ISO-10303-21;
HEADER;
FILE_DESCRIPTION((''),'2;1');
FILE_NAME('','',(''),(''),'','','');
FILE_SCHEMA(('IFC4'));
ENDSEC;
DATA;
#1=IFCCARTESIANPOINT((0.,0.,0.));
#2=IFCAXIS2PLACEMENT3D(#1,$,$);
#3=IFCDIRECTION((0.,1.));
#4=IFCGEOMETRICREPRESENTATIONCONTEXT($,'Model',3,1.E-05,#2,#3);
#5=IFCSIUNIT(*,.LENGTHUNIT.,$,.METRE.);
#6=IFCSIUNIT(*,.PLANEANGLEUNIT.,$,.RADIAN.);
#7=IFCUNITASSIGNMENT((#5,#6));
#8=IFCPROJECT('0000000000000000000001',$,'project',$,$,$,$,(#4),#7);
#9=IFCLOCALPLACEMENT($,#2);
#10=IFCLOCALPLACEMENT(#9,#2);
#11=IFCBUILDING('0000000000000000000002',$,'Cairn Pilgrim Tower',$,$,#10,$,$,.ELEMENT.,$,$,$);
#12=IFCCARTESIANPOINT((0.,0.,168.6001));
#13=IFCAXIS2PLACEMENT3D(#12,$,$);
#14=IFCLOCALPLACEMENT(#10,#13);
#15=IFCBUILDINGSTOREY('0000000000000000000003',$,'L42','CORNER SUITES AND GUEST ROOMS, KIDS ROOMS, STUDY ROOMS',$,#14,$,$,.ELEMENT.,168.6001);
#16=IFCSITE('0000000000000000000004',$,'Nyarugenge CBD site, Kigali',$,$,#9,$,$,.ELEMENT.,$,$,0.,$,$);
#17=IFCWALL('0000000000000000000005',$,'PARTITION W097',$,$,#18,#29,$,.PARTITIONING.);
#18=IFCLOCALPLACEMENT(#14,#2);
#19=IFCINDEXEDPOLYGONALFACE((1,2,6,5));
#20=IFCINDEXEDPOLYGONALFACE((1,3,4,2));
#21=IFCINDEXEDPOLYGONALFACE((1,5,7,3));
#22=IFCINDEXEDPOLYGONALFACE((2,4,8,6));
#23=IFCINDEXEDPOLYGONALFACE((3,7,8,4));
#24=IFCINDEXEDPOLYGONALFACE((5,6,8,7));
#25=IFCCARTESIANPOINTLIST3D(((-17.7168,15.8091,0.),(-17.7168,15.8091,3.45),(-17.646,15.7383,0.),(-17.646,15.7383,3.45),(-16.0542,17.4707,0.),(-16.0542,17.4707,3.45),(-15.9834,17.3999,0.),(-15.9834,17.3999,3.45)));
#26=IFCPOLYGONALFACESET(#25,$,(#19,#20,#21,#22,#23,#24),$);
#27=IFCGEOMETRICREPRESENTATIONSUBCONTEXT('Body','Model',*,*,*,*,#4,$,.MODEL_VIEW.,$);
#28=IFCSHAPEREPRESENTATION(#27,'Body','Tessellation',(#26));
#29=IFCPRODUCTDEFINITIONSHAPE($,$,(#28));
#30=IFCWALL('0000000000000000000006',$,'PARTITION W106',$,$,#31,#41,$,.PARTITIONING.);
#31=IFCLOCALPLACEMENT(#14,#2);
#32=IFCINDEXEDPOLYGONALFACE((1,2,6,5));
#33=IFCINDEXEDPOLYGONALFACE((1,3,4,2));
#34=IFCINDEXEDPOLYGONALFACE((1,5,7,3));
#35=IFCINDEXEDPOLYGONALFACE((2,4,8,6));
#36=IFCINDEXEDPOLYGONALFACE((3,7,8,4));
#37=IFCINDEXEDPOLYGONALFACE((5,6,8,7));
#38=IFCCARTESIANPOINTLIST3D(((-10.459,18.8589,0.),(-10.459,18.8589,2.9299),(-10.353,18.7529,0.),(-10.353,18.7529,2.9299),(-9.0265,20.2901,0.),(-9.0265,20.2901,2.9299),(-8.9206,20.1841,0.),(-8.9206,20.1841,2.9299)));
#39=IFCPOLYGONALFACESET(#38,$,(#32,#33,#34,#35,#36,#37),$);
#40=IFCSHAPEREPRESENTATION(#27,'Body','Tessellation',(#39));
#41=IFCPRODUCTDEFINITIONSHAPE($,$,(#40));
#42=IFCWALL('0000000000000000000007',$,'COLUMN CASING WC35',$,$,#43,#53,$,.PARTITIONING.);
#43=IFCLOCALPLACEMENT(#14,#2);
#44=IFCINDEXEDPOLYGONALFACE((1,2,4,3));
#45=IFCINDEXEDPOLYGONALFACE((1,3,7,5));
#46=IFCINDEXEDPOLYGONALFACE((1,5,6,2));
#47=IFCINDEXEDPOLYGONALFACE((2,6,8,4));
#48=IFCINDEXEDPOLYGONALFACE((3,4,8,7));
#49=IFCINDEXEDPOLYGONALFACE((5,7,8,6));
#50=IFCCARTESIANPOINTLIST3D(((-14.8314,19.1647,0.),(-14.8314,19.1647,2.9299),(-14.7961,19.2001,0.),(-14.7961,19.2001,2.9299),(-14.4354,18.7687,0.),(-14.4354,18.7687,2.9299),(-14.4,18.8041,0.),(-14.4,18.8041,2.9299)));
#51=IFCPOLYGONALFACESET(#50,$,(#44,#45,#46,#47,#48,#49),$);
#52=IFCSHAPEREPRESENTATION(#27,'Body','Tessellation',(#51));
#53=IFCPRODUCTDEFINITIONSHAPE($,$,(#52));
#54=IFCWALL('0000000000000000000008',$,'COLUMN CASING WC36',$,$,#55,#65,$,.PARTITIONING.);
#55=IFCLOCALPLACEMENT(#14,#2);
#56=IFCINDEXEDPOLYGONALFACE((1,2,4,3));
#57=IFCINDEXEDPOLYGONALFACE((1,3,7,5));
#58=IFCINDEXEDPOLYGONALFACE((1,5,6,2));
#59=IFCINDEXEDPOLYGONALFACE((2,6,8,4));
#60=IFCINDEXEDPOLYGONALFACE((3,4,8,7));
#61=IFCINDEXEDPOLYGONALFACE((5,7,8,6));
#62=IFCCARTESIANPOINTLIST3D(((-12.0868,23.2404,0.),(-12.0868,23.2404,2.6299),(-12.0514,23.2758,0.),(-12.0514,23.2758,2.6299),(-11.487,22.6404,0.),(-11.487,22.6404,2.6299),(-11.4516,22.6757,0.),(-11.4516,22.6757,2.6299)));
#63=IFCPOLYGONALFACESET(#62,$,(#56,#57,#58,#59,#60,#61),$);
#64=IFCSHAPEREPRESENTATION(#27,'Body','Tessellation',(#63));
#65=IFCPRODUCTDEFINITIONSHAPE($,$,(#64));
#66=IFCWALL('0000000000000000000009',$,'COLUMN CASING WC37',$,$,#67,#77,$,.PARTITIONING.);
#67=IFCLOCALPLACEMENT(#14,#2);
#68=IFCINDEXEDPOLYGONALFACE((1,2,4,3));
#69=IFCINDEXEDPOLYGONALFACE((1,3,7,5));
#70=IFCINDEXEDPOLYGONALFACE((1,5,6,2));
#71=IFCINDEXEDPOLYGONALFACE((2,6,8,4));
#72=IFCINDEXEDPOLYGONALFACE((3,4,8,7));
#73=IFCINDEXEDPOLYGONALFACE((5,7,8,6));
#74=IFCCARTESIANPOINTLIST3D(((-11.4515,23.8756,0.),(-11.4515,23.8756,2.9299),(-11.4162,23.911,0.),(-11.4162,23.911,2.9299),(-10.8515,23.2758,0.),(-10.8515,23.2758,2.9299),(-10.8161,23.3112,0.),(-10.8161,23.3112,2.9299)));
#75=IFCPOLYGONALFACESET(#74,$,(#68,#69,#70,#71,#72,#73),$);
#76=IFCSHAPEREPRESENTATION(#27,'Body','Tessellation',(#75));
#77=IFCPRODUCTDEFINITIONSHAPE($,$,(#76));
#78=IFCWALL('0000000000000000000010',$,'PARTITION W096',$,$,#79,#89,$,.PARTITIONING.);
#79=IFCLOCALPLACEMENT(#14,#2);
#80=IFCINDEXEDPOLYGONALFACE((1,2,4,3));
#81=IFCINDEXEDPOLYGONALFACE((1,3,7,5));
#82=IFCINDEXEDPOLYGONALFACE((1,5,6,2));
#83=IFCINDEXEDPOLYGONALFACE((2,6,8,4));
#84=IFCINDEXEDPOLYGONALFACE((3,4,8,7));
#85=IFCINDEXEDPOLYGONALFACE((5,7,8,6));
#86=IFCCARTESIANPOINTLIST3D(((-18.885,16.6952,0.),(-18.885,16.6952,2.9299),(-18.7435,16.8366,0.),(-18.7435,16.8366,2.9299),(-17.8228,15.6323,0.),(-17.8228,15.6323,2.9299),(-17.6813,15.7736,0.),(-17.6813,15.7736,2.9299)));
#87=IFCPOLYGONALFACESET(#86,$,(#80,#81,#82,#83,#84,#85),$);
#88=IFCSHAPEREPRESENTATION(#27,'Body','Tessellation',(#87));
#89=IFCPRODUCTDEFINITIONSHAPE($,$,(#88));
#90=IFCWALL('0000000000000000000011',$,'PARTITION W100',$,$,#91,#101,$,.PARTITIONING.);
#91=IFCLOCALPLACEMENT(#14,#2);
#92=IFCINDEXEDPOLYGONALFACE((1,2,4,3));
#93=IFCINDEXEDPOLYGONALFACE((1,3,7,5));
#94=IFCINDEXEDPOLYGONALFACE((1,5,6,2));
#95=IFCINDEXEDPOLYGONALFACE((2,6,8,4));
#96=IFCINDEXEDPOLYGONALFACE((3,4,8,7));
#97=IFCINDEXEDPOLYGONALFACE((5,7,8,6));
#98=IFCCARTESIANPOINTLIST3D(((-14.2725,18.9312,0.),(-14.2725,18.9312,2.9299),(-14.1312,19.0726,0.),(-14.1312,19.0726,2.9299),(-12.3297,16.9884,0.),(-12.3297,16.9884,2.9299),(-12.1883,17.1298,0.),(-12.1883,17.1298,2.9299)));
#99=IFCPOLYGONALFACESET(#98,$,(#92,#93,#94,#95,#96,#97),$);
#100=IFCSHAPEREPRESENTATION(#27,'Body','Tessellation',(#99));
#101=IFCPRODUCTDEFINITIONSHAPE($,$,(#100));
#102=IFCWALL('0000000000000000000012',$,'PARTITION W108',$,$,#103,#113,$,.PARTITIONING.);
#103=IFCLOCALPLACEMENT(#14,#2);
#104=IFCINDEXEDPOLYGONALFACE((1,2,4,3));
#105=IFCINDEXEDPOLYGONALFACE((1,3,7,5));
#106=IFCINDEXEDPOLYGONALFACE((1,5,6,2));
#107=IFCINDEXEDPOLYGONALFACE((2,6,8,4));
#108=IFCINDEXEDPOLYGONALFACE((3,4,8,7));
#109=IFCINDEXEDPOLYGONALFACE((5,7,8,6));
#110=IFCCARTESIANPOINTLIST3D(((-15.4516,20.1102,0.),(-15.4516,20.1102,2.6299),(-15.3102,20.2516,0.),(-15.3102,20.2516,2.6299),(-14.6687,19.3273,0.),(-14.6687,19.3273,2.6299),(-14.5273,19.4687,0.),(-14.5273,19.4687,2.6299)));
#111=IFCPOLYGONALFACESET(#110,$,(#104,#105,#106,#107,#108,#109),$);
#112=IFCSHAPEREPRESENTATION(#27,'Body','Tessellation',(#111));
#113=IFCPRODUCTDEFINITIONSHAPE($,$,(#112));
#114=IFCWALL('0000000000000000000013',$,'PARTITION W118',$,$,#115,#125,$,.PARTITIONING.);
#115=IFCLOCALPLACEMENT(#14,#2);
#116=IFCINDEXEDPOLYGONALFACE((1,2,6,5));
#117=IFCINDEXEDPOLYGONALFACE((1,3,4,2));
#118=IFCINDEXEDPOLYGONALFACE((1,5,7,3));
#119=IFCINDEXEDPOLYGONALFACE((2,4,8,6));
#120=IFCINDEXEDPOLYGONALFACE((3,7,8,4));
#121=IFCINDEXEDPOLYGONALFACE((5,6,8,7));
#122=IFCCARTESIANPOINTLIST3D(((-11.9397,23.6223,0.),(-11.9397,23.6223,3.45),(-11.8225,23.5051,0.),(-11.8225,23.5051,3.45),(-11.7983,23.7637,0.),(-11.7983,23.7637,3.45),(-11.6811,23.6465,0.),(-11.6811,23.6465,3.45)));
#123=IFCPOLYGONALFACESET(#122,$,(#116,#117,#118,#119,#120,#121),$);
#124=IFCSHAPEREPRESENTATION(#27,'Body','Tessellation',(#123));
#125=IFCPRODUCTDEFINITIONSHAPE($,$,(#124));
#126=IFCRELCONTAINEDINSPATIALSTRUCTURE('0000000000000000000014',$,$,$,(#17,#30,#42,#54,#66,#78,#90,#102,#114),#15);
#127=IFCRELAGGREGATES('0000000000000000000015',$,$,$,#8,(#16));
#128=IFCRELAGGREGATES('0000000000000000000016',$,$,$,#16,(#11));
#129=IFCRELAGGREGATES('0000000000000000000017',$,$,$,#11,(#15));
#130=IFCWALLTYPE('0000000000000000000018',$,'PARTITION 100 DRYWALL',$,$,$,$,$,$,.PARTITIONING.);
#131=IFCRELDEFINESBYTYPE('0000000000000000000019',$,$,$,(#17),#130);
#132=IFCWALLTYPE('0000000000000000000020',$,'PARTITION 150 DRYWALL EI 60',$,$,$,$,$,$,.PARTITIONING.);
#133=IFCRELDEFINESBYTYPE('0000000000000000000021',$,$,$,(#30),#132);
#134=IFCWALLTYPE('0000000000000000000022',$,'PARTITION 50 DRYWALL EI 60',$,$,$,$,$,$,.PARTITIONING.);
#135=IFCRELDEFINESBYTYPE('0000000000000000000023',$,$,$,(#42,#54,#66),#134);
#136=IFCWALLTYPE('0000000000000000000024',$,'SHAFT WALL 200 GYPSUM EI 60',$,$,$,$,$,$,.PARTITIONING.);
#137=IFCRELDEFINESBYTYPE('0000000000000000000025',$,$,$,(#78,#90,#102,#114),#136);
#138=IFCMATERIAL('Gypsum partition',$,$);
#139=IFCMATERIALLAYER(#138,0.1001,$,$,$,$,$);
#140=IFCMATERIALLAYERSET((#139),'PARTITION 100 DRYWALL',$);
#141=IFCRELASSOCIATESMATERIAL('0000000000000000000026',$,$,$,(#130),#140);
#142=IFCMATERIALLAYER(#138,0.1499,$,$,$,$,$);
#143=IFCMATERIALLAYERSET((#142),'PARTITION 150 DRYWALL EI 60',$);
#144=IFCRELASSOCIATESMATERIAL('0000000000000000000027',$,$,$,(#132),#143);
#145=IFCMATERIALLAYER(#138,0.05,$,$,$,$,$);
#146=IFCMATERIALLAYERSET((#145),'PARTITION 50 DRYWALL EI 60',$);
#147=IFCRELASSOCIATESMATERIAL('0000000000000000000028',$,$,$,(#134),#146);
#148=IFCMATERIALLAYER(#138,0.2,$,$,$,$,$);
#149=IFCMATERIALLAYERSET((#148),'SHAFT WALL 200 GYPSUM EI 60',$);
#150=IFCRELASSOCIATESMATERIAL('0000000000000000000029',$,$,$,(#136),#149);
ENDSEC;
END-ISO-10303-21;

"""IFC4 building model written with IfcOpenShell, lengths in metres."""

from ifc_helpers import new_model, si_unit, direction, frame, frame_2d, origin, place, context, subcontext, project, spatial, rectangle, extrude, material, layer, layer_set, type_object, element, save


model = new_model("IFC4")

# Units and contexts
model_context = context("Model", 3, precision=1e-05, world=origin(), true_north=direction((0.0, 1.0)))
body_context = subcontext(model_context, "Body", "Model", "MODEL_VIEW")
ifc_project = project(units=[si_unit("LENGTHUNIT", "METRE"), si_unit("PLANEANGLEUNIT", "RADIAN")], contexts=[model_context])

# Site, building, storey
site_placement = place(None, origin())
site = spatial("IfcSite", under=ifc_project, at=site_placement, Name="Nyarugenge CBD site, Kigali", CompositionType="ELEMENT", RefElevation=0.0)
building_placement = place(site_placement, origin())
building = spatial("IfcBuilding", under=site, at=building_placement, Name="Cairn Pilgrim Tower", CompositionType="ELEMENT")
storey_placement = place(building_placement, frame((0.0, 0.0, 168.6001)))
storey = spatial("IfcBuildingStorey", under=building, at=storey_placement, Name="L42", Description="CORNER SUITES AND GUEST ROOMS, KIDS ROOMS, STUDY ROOMS", CompositionType="ELEMENT", Elevation=168.6001)

# Shared definitions
ifc_material_1 = material(Name="Gypsum partition")
ifc_layer_1 = layer(ifc_material_1, 0.1001)
ifc_layer_set_1 = layer_set([ifc_layer_1], Name="PARTITION 100 DRYWALL")
wall_type_1 = type_object("IfcWallType", Name="PARTITION 100 DRYWALL", PredefinedType="PARTITIONING", material=ifc_layer_set_1)

# Walls
wall_1_placement = place(storey_placement, frame((-17.6814, 15.7737, 0.0), z_axis=(0.0, 0.0, 1.0), x_axis=(0.707314, 0.706899, 0.0)))
element("IfcWall", 1, at=wall_1_placement, inside=storey, type_object=wall_type_1, Name="PARTITION W097", PredefinedType="PARTITIONING", context=body_context, shape_type="SweptSolid", body=[
    extrude(rectangle(XDim=2.3506, YDim=0.1001, at=frame_2d((1.1753, 0.0))), origin(), (0.0, 0.0, 1.0), 3.45),
])
ifc_layer_2 = layer(ifc_material_1, 0.1499)
ifc_layer_set_2 = layer_set([ifc_layer_2], Name="PARTITION 150 DRYWALL EI 60")
wall_type_2 = type_object("IfcWallType", Name="PARTITION 150 DRYWALL EI 60", PredefinedType="PARTITIONING", material=ifc_layer_set_2)
wall_2_placement = place(storey_placement, frame((-10.406, 18.8059, 0.0), z_axis=(0.0, 0.0, 1.0), x_axis=(0.707408, 0.706805, 0.0)))
element("IfcWall", 2, at=wall_2_placement, inside=storey, type_object=wall_type_2, Name="PARTITION W106", PredefinedType="PARTITIONING", context=body_context, shape_type="SweptSolid", body=[
    extrude(rectangle(XDim=2.0249, YDim=0.1499, at=frame_2d((1.0125, 0.0))), origin(), (0.0, 0.0, 1.0), 2.9299),
])
ifc_layer_3 = layer(ifc_material_1, 0.05)
ifc_layer_set_3 = layer_set([ifc_layer_3], Name="PARTITION 50 DRYWALL EI 60")
wall_type_3 = type_object("IfcWallType", Name="PARTITION 50 DRYWALL EI 60", PredefinedType="PARTITIONING", material=ifc_layer_set_3)
wall_3_placement = place(storey_placement, frame((-14.4177, 18.7864, 0.0), z_axis=(0.0, 0.0, 1.0), x_axis=(-0.707107, 0.707107, 0.0)))
element("IfcWall", 3, at=wall_3_placement, inside=storey, type_object=wall_type_3, Name="COLUMN CASING WC35", PredefinedType="PARTITIONING", context=body_context, shape_type="SweptSolid", body=[
    extrude(rectangle(XDim=0.5601, YDim=0.05, at=frame_2d((0.28, 0.0))), origin(), (0.0, 0.0, 1.0), 2.9299),
])
wall_4_placement = place(storey_placement, frame((-11.4692, 22.658, 0.0), z_axis=(0.0, 0.0, 1.0), x_axis=(-0.706963, 0.707251, 0.0)))
element("IfcWall", 4, at=wall_4_placement, inside=storey, type_object=wall_type_3, Name="COLUMN CASING WC36", PredefinedType="PARTITIONING", context=body_context, shape_type="SweptSolid", body=[
    extrude(rectangle(XDim=0.8484, YDim=0.05, at=frame_2d((0.4243, 0.0))), origin(), (0.0, 0.0, 1.0), 2.6299),
])
wall_5_placement = place(storey_placement, frame((-10.8337, 23.2935, 0.0), z_axis=(0.0, 0.0, 1.0), x_axis=(-0.707251, 0.706963, 0.0)))
element("IfcWall", 5, at=wall_5_placement, inside=storey, type_object=wall_type_3, Name="COLUMN CASING WC37", PredefinedType="PARTITIONING", context=body_context, shape_type="SweptSolid", body=[
    extrude(rectangle(XDim=0.8484, YDim=0.05, at=frame_2d((0.4243, 0.0))), origin(), (0.0, 0.0, 1.0), 2.9299),
])
ifc_layer_4 = layer(ifc_material_1, 0.2)
ifc_layer_set_4 = layer_set([ifc_layer_4], Name="SHAFT WALL 200 GYPSUM EI 60")
wall_type_4 = type_object("IfcWallType", Name="SHAFT WALL 200 GYPSUM EI 60", PredefinedType="PARTITIONING", material=ifc_layer_set_4)
wall_6_placement = place(storey_placement, frame((-17.752, 15.7029, 0.0), z_axis=(0.0, 0.0, 1.0), x_axis=(-0.706863, 0.70735, 0.0)))
element("IfcWall", 6, at=wall_6_placement, inside=storey, type_object=wall_type_4, Name="PARTITION W096", PredefinedType="PARTITIONING", context=body_context, shape_type="SweptSolid", body=[
    extrude(rectangle(XDim=1.5027, YDim=0.2, at=frame_2d((0.7515, 0.0))), origin(), (0.0, 0.0, 1.0), 2.9299),
])
wall_7_placement = place(storey_placement, frame((-12.259, 17.0591, 0.0), z_axis=(0.0, 0.0, 1.0), x_axis=(-0.707107, 0.707107, 0.0)))
element("IfcWall", 7, at=wall_7_placement, inside=storey, type_object=wall_type_4, Name="PARTITION W100", PredefinedType="PARTITIONING", context=body_context, shape_type="SweptSolid", body=[
    extrude(rectangle(XDim=2.7476, YDim=0.2, at=frame_2d((1.3738, 0.0))), origin(), (0.0, 0.0, 1.0), 2.9299),
])
wall_8_placement = place(storey_placement, frame((-14.5979, 19.3979, 0.0), z_axis=(0.0, 0.0, 1.0), x_axis=(-0.707107, 0.707107, 0.0)))
element("IfcWall", 8, at=wall_8_placement, inside=storey, type_object=wall_type_4, Name="PARTITION W108", PredefinedType="PARTITIONING", context=body_context, shape_type="SweptSolid", body=[
    extrude(rectangle(XDim=1.1072, YDim=0.2, at=frame_2d((0.5537, 0.0))), origin(), (0.0, 0.0, 1.0), 2.6299),
])
wall_9_placement = place(storey_placement, frame((-11.7517, 23.5757, 0.0), z_axis=(0.0, 0.0, 1.0), x_axis=(-0.707107, 0.707107, 0.0)))
element("IfcWall", 9, at=wall_9_placement, inside=storey, type_object=wall_type_4, Name="PARTITION W118", PredefinedType="PARTITIONING", context=body_context, shape_type="SweptSolid", body=[
    extrude(rectangle(XDim=0.1658, YDim=0.2, at=frame_2d((0.083, 0.0))), origin(), (0.0, 0.0, 1.0), 3.45),
])

save(model, "model.ifc")
